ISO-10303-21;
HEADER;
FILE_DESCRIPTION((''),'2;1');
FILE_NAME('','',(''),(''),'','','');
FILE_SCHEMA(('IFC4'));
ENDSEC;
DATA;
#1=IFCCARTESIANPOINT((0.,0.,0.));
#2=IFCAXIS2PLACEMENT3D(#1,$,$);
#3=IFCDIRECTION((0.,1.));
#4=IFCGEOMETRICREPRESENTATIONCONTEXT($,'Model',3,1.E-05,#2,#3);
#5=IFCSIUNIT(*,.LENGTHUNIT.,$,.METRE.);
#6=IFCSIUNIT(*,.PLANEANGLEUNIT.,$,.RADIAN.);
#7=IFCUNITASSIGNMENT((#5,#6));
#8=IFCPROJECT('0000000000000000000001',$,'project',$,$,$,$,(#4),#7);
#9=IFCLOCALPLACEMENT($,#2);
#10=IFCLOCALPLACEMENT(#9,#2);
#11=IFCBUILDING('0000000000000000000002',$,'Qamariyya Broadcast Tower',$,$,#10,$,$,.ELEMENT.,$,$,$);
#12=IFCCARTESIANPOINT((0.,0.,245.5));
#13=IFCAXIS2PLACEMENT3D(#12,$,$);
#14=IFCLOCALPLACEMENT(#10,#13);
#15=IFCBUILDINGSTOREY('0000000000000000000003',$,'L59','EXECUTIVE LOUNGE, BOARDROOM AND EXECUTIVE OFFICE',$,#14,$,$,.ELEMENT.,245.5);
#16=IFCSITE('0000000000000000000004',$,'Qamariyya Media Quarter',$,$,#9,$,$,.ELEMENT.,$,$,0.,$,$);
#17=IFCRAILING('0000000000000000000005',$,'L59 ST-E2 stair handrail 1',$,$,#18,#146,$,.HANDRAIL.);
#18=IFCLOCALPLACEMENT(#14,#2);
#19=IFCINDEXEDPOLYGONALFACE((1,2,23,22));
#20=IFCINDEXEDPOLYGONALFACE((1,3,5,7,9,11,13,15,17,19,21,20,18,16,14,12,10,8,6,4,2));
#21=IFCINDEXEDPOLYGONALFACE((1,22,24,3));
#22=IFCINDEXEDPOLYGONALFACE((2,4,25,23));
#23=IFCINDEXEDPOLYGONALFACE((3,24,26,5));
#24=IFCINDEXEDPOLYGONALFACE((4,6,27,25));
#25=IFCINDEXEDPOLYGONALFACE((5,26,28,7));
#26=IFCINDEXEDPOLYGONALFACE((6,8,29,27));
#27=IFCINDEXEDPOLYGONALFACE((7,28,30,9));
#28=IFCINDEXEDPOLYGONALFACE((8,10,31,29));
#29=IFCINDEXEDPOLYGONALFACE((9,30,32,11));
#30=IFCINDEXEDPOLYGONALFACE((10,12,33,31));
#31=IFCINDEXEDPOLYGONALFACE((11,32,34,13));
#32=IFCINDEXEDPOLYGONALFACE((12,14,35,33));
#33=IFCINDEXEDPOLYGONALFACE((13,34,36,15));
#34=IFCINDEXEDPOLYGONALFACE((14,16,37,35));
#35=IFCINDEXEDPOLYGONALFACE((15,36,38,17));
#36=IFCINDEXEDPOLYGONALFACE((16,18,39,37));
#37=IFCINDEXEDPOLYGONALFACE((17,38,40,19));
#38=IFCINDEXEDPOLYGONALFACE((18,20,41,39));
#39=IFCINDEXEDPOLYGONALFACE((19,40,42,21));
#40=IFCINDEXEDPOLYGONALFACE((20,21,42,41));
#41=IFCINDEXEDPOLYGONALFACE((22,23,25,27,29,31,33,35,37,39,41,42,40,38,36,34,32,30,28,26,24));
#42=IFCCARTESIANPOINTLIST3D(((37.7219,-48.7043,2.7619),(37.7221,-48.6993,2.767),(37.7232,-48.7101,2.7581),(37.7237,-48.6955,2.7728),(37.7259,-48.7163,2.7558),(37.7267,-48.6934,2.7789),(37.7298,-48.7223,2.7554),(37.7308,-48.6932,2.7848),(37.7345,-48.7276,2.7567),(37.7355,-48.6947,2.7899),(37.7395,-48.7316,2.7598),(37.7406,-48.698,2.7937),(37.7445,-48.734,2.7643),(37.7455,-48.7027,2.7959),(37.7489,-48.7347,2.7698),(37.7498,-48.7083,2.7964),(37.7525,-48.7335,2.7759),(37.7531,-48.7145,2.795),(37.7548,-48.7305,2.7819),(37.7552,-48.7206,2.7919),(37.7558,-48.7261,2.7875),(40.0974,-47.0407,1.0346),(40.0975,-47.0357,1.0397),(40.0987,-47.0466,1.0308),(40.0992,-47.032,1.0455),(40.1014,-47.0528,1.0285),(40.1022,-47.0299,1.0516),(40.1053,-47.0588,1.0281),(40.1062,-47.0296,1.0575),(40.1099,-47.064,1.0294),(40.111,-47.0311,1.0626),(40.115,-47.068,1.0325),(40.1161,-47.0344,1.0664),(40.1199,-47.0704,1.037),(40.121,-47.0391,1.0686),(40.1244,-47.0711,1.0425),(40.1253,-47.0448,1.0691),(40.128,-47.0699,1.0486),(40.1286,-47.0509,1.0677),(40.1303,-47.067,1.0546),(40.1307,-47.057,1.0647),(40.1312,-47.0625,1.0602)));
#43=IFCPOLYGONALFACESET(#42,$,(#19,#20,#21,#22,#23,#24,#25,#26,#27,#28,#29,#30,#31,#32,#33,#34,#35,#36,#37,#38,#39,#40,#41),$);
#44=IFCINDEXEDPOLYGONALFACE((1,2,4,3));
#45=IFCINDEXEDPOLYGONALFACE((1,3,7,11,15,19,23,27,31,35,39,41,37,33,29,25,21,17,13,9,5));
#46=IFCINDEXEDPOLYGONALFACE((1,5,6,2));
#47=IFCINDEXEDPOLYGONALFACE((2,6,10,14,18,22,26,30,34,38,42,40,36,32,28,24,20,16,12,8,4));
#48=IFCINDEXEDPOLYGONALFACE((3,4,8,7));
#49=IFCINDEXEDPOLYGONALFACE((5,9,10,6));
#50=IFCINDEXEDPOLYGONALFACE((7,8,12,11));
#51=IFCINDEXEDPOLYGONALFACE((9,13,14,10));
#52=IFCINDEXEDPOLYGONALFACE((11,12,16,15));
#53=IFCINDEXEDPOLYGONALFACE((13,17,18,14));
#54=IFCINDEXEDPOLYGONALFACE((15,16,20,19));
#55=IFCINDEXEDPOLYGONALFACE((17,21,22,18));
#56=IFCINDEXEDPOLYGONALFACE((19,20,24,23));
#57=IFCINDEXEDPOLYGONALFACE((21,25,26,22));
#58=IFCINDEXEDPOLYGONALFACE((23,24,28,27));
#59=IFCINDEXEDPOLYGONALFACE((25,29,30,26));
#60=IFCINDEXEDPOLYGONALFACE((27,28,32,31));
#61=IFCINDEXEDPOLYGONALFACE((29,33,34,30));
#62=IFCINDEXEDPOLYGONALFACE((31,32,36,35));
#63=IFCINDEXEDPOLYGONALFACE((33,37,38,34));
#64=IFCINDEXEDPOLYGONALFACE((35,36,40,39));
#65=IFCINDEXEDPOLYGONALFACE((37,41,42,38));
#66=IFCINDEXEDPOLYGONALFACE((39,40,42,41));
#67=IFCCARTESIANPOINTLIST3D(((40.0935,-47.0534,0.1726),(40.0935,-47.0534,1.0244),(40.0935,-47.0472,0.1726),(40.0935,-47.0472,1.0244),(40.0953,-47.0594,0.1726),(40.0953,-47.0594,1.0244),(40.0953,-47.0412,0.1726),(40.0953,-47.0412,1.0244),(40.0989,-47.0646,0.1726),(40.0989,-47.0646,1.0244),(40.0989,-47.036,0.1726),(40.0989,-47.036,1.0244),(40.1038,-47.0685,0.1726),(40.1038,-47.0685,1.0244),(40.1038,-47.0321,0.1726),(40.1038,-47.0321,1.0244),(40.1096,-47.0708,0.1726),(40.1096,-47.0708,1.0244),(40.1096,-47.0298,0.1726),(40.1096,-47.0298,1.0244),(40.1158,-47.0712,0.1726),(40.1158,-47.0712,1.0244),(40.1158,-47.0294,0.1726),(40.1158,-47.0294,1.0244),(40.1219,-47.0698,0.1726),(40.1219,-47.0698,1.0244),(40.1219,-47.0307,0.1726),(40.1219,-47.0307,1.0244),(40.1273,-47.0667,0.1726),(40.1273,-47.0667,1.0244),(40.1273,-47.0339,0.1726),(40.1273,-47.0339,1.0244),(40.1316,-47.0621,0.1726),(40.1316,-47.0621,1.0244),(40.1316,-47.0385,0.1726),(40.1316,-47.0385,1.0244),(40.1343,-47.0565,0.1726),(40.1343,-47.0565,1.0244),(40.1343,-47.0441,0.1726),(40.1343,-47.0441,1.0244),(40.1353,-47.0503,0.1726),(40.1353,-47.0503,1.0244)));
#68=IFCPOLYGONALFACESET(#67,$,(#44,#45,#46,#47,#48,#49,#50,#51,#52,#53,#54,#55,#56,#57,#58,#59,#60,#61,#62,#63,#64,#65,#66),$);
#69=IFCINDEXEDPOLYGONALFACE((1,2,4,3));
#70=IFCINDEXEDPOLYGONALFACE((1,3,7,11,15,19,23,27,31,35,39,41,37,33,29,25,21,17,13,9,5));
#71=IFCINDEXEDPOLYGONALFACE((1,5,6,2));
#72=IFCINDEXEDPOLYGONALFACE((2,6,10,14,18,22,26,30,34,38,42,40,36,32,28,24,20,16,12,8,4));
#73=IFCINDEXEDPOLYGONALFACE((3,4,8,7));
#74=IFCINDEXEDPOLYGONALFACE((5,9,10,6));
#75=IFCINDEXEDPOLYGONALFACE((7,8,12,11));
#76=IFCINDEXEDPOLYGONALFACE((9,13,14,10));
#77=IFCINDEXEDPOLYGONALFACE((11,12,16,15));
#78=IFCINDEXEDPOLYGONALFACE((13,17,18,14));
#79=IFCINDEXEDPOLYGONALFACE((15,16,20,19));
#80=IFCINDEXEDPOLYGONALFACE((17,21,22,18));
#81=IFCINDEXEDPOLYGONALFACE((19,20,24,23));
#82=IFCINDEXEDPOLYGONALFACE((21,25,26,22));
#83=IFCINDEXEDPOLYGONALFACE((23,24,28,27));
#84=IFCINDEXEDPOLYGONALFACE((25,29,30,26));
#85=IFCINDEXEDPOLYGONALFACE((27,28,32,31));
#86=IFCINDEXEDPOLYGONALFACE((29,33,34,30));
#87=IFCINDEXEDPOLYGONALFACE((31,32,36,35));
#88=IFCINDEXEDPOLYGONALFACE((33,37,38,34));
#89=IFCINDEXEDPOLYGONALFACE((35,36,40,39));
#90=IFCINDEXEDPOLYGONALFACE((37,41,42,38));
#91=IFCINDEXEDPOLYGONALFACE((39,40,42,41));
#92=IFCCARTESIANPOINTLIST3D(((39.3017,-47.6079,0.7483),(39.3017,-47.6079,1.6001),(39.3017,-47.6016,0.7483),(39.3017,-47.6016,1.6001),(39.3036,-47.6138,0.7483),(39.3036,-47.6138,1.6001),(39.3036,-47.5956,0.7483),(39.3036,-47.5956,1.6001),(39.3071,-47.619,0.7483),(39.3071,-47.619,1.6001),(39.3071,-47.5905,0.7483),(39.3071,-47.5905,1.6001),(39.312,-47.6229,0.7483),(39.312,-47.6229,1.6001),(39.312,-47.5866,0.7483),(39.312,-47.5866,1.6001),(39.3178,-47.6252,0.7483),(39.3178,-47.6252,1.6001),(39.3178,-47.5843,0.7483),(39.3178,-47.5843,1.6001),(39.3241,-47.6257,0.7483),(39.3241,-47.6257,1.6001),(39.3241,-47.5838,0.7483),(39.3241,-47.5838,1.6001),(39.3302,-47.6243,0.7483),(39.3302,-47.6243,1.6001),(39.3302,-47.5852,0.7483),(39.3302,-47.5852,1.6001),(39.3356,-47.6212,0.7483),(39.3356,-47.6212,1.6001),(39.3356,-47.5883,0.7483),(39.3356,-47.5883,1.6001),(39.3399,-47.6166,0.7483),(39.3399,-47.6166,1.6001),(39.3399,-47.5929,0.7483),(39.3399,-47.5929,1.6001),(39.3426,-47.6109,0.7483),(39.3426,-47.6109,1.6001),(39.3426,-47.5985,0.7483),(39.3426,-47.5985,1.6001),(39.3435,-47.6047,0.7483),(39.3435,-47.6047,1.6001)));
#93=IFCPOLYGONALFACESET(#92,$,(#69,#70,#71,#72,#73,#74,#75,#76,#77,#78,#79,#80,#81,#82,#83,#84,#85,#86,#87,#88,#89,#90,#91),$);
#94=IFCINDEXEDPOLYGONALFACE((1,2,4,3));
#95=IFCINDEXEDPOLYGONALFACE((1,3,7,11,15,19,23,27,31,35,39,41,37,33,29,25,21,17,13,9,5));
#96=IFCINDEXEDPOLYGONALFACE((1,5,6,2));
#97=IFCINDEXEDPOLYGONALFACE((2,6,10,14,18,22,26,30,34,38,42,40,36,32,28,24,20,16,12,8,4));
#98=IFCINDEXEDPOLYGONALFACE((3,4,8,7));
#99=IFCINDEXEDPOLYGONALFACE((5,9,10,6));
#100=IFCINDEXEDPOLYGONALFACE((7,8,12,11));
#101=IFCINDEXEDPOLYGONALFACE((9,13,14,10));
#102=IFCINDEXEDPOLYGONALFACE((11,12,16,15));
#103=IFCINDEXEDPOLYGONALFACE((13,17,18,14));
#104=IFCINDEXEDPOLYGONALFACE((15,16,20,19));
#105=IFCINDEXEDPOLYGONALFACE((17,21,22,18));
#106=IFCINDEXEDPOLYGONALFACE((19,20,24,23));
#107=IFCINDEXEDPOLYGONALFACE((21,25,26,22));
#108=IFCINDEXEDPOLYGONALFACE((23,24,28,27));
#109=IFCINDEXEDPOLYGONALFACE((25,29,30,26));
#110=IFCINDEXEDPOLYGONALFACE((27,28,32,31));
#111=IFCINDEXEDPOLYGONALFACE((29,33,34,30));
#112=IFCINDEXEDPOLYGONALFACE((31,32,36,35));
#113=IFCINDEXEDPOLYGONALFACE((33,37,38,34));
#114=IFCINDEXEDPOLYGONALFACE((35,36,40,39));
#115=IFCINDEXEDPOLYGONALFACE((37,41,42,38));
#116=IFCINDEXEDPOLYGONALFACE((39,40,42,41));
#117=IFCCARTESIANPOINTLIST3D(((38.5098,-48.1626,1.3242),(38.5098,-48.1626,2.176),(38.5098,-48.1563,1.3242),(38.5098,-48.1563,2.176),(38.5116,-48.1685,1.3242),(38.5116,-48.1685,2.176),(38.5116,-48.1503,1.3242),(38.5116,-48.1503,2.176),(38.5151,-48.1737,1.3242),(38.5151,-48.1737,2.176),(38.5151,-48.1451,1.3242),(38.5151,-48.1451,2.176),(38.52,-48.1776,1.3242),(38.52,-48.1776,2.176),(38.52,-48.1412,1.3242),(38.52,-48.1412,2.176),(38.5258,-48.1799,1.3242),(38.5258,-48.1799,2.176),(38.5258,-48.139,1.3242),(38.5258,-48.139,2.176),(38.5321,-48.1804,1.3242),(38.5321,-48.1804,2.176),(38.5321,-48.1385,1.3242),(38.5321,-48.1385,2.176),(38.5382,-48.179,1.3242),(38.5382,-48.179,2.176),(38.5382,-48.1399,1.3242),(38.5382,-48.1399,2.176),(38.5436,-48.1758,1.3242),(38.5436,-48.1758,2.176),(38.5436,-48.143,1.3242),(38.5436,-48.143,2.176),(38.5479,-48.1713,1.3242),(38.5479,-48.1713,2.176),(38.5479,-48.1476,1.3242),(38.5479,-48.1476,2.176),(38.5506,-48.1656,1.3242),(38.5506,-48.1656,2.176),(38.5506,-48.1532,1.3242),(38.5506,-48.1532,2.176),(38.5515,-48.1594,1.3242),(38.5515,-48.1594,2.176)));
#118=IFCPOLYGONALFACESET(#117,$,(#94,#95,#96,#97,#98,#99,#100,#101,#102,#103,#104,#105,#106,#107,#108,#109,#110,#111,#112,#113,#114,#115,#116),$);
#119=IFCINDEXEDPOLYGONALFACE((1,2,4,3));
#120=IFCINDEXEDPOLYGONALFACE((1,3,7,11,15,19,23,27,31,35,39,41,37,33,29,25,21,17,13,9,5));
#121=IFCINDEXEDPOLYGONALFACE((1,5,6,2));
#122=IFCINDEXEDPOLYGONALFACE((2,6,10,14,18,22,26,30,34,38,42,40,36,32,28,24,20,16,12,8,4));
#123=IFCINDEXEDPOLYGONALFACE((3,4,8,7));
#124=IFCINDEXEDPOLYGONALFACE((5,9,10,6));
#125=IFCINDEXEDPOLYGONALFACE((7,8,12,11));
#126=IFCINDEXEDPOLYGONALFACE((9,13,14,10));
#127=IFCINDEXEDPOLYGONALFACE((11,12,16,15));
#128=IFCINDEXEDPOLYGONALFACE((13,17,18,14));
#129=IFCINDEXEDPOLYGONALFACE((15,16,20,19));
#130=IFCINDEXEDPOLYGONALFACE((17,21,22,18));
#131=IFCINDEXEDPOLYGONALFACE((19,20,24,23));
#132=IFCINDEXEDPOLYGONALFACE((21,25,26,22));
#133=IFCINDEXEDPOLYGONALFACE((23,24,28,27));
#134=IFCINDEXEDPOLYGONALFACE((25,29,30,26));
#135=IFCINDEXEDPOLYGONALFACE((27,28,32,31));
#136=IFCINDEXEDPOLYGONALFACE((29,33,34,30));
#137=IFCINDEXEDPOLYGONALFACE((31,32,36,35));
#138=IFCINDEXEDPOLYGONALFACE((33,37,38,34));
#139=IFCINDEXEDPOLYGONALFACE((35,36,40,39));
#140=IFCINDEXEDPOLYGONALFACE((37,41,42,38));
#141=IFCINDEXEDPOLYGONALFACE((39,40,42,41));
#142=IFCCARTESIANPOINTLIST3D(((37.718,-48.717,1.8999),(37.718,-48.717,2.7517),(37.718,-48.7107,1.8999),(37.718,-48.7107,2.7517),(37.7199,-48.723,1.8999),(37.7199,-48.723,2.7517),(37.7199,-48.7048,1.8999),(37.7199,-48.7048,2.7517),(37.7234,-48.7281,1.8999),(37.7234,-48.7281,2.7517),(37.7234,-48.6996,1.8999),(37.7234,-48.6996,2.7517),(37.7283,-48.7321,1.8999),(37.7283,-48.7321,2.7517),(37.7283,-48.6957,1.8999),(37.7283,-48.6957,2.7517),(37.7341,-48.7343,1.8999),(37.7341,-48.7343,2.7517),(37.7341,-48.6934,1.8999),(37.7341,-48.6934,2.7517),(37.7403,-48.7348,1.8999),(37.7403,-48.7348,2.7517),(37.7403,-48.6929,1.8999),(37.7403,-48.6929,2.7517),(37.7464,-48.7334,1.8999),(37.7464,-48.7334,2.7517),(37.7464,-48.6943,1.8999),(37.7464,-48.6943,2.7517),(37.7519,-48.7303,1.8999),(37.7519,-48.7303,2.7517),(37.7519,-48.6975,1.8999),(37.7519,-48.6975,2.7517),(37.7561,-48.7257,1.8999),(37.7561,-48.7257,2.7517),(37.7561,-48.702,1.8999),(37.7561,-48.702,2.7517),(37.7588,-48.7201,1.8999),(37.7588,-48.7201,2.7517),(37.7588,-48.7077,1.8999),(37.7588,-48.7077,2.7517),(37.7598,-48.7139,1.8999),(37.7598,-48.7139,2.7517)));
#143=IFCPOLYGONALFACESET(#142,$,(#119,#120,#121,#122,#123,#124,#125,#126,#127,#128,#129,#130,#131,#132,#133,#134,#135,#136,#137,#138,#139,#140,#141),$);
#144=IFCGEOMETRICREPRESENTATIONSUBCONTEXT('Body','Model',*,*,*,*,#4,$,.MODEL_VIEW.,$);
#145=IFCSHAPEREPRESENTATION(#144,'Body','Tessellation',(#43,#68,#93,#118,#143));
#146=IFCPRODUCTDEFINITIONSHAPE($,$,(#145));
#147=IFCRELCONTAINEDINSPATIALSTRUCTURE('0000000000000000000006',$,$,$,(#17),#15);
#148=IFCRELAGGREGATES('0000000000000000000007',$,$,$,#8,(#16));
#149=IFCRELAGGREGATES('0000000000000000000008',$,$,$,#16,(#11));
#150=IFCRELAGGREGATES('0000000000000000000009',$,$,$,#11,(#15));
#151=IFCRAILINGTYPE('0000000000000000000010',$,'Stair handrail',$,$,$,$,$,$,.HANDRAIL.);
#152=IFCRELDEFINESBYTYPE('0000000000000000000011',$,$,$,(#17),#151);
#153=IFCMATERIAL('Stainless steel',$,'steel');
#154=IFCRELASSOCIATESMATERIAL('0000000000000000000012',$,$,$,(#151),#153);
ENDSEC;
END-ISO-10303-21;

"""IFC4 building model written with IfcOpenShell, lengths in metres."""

from ifc_helpers import new_model, si_unit, direction, frame, origin, origin_2d, place, context, subcontext, project, spatial, circle, extrude, material, type_object, element, save


model = new_model("IFC4")

# Units and contexts
model_context = context("Model", 3, precision=1e-05, world=origin(), true_north=direction((0.0, 1.0)))
body_context = subcontext(model_context, "Body", "Model", "MODEL_VIEW")
ifc_project = project(units=[si_unit("LENGTHUNIT", "METRE"), si_unit("PLANEANGLEUNIT", "RADIAN")], contexts=[model_context])

# Site, building, storey
site_placement = place(None, origin())
site = spatial("IfcSite", under=ifc_project, at=site_placement, Name="Qamariyya Media Quarter", CompositionType="ELEMENT", RefElevation=0.0)
building_placement = place(site_placement, origin())
building = spatial("IfcBuilding", under=site, at=building_placement, Name="Qamariyya Broadcast Tower", CompositionType="ELEMENT")
storey_placement = place(building_placement, frame((0.0, 0.0, 245.5)))
storey = spatial("IfcBuildingStorey", under=building, at=storey_placement, Name="L59", Description="EXECUTIVE LOUNGE, BOARDROOM AND EXECUTIVE OFFICE", CompositionType="ELEMENT", Elevation=245.5)

# Railing
ifc_material_1 = material(Name="Stainless steel", Category="steel")
railing_type_1 = type_object("IfcRailingType", Name="Stair handrail", PredefinedType="HANDRAIL", material=ifc_material_1)
railing_1_placement = place(storey_placement, frame((40.1143, -47.0503, 0.1726)))
element("IfcRailing", 1, at=railing_1_placement, inside=storey, type_object=railing_type_1, Name="L59 ST-E2 stair handrail 1", PredefinedType="HANDRAIL", context=body_context, shape_type="SweptSolid", body=[
    extrude(circle(Radius=0.0239, at=origin_2d()), frame((0.0, 0.0, 0.876), z_axis=(-0.703745, -0.492838, 0.511716), x_axis=(0.573632, -0.819113, 0.0)), (0.0, 0.0, 1.0), 3.3755),
    extrude(circle(Radius=0.021, at=origin_2d()), origin(), (0.0, 0.0, 1.0), 0.8518),
    extrude(circle(Radius=0.021, at=origin_2d()), frame((-0.7917, -0.5544, 0.5757)), (0.0, 0.0, 1.0), 0.8518),
    extrude(circle(Radius=0.021, at=origin_2d()), frame((-1.5837, -1.1091, 1.1516)), (0.0, 0.0, 1.0), 0.8518),
    extrude(circle(Radius=0.021, at=origin_2d()), frame((-2.3755, -1.6636, 1.7273)), (0.0, 0.0, 1.0), 0.8518),
])

save(model, "model.ifc")
